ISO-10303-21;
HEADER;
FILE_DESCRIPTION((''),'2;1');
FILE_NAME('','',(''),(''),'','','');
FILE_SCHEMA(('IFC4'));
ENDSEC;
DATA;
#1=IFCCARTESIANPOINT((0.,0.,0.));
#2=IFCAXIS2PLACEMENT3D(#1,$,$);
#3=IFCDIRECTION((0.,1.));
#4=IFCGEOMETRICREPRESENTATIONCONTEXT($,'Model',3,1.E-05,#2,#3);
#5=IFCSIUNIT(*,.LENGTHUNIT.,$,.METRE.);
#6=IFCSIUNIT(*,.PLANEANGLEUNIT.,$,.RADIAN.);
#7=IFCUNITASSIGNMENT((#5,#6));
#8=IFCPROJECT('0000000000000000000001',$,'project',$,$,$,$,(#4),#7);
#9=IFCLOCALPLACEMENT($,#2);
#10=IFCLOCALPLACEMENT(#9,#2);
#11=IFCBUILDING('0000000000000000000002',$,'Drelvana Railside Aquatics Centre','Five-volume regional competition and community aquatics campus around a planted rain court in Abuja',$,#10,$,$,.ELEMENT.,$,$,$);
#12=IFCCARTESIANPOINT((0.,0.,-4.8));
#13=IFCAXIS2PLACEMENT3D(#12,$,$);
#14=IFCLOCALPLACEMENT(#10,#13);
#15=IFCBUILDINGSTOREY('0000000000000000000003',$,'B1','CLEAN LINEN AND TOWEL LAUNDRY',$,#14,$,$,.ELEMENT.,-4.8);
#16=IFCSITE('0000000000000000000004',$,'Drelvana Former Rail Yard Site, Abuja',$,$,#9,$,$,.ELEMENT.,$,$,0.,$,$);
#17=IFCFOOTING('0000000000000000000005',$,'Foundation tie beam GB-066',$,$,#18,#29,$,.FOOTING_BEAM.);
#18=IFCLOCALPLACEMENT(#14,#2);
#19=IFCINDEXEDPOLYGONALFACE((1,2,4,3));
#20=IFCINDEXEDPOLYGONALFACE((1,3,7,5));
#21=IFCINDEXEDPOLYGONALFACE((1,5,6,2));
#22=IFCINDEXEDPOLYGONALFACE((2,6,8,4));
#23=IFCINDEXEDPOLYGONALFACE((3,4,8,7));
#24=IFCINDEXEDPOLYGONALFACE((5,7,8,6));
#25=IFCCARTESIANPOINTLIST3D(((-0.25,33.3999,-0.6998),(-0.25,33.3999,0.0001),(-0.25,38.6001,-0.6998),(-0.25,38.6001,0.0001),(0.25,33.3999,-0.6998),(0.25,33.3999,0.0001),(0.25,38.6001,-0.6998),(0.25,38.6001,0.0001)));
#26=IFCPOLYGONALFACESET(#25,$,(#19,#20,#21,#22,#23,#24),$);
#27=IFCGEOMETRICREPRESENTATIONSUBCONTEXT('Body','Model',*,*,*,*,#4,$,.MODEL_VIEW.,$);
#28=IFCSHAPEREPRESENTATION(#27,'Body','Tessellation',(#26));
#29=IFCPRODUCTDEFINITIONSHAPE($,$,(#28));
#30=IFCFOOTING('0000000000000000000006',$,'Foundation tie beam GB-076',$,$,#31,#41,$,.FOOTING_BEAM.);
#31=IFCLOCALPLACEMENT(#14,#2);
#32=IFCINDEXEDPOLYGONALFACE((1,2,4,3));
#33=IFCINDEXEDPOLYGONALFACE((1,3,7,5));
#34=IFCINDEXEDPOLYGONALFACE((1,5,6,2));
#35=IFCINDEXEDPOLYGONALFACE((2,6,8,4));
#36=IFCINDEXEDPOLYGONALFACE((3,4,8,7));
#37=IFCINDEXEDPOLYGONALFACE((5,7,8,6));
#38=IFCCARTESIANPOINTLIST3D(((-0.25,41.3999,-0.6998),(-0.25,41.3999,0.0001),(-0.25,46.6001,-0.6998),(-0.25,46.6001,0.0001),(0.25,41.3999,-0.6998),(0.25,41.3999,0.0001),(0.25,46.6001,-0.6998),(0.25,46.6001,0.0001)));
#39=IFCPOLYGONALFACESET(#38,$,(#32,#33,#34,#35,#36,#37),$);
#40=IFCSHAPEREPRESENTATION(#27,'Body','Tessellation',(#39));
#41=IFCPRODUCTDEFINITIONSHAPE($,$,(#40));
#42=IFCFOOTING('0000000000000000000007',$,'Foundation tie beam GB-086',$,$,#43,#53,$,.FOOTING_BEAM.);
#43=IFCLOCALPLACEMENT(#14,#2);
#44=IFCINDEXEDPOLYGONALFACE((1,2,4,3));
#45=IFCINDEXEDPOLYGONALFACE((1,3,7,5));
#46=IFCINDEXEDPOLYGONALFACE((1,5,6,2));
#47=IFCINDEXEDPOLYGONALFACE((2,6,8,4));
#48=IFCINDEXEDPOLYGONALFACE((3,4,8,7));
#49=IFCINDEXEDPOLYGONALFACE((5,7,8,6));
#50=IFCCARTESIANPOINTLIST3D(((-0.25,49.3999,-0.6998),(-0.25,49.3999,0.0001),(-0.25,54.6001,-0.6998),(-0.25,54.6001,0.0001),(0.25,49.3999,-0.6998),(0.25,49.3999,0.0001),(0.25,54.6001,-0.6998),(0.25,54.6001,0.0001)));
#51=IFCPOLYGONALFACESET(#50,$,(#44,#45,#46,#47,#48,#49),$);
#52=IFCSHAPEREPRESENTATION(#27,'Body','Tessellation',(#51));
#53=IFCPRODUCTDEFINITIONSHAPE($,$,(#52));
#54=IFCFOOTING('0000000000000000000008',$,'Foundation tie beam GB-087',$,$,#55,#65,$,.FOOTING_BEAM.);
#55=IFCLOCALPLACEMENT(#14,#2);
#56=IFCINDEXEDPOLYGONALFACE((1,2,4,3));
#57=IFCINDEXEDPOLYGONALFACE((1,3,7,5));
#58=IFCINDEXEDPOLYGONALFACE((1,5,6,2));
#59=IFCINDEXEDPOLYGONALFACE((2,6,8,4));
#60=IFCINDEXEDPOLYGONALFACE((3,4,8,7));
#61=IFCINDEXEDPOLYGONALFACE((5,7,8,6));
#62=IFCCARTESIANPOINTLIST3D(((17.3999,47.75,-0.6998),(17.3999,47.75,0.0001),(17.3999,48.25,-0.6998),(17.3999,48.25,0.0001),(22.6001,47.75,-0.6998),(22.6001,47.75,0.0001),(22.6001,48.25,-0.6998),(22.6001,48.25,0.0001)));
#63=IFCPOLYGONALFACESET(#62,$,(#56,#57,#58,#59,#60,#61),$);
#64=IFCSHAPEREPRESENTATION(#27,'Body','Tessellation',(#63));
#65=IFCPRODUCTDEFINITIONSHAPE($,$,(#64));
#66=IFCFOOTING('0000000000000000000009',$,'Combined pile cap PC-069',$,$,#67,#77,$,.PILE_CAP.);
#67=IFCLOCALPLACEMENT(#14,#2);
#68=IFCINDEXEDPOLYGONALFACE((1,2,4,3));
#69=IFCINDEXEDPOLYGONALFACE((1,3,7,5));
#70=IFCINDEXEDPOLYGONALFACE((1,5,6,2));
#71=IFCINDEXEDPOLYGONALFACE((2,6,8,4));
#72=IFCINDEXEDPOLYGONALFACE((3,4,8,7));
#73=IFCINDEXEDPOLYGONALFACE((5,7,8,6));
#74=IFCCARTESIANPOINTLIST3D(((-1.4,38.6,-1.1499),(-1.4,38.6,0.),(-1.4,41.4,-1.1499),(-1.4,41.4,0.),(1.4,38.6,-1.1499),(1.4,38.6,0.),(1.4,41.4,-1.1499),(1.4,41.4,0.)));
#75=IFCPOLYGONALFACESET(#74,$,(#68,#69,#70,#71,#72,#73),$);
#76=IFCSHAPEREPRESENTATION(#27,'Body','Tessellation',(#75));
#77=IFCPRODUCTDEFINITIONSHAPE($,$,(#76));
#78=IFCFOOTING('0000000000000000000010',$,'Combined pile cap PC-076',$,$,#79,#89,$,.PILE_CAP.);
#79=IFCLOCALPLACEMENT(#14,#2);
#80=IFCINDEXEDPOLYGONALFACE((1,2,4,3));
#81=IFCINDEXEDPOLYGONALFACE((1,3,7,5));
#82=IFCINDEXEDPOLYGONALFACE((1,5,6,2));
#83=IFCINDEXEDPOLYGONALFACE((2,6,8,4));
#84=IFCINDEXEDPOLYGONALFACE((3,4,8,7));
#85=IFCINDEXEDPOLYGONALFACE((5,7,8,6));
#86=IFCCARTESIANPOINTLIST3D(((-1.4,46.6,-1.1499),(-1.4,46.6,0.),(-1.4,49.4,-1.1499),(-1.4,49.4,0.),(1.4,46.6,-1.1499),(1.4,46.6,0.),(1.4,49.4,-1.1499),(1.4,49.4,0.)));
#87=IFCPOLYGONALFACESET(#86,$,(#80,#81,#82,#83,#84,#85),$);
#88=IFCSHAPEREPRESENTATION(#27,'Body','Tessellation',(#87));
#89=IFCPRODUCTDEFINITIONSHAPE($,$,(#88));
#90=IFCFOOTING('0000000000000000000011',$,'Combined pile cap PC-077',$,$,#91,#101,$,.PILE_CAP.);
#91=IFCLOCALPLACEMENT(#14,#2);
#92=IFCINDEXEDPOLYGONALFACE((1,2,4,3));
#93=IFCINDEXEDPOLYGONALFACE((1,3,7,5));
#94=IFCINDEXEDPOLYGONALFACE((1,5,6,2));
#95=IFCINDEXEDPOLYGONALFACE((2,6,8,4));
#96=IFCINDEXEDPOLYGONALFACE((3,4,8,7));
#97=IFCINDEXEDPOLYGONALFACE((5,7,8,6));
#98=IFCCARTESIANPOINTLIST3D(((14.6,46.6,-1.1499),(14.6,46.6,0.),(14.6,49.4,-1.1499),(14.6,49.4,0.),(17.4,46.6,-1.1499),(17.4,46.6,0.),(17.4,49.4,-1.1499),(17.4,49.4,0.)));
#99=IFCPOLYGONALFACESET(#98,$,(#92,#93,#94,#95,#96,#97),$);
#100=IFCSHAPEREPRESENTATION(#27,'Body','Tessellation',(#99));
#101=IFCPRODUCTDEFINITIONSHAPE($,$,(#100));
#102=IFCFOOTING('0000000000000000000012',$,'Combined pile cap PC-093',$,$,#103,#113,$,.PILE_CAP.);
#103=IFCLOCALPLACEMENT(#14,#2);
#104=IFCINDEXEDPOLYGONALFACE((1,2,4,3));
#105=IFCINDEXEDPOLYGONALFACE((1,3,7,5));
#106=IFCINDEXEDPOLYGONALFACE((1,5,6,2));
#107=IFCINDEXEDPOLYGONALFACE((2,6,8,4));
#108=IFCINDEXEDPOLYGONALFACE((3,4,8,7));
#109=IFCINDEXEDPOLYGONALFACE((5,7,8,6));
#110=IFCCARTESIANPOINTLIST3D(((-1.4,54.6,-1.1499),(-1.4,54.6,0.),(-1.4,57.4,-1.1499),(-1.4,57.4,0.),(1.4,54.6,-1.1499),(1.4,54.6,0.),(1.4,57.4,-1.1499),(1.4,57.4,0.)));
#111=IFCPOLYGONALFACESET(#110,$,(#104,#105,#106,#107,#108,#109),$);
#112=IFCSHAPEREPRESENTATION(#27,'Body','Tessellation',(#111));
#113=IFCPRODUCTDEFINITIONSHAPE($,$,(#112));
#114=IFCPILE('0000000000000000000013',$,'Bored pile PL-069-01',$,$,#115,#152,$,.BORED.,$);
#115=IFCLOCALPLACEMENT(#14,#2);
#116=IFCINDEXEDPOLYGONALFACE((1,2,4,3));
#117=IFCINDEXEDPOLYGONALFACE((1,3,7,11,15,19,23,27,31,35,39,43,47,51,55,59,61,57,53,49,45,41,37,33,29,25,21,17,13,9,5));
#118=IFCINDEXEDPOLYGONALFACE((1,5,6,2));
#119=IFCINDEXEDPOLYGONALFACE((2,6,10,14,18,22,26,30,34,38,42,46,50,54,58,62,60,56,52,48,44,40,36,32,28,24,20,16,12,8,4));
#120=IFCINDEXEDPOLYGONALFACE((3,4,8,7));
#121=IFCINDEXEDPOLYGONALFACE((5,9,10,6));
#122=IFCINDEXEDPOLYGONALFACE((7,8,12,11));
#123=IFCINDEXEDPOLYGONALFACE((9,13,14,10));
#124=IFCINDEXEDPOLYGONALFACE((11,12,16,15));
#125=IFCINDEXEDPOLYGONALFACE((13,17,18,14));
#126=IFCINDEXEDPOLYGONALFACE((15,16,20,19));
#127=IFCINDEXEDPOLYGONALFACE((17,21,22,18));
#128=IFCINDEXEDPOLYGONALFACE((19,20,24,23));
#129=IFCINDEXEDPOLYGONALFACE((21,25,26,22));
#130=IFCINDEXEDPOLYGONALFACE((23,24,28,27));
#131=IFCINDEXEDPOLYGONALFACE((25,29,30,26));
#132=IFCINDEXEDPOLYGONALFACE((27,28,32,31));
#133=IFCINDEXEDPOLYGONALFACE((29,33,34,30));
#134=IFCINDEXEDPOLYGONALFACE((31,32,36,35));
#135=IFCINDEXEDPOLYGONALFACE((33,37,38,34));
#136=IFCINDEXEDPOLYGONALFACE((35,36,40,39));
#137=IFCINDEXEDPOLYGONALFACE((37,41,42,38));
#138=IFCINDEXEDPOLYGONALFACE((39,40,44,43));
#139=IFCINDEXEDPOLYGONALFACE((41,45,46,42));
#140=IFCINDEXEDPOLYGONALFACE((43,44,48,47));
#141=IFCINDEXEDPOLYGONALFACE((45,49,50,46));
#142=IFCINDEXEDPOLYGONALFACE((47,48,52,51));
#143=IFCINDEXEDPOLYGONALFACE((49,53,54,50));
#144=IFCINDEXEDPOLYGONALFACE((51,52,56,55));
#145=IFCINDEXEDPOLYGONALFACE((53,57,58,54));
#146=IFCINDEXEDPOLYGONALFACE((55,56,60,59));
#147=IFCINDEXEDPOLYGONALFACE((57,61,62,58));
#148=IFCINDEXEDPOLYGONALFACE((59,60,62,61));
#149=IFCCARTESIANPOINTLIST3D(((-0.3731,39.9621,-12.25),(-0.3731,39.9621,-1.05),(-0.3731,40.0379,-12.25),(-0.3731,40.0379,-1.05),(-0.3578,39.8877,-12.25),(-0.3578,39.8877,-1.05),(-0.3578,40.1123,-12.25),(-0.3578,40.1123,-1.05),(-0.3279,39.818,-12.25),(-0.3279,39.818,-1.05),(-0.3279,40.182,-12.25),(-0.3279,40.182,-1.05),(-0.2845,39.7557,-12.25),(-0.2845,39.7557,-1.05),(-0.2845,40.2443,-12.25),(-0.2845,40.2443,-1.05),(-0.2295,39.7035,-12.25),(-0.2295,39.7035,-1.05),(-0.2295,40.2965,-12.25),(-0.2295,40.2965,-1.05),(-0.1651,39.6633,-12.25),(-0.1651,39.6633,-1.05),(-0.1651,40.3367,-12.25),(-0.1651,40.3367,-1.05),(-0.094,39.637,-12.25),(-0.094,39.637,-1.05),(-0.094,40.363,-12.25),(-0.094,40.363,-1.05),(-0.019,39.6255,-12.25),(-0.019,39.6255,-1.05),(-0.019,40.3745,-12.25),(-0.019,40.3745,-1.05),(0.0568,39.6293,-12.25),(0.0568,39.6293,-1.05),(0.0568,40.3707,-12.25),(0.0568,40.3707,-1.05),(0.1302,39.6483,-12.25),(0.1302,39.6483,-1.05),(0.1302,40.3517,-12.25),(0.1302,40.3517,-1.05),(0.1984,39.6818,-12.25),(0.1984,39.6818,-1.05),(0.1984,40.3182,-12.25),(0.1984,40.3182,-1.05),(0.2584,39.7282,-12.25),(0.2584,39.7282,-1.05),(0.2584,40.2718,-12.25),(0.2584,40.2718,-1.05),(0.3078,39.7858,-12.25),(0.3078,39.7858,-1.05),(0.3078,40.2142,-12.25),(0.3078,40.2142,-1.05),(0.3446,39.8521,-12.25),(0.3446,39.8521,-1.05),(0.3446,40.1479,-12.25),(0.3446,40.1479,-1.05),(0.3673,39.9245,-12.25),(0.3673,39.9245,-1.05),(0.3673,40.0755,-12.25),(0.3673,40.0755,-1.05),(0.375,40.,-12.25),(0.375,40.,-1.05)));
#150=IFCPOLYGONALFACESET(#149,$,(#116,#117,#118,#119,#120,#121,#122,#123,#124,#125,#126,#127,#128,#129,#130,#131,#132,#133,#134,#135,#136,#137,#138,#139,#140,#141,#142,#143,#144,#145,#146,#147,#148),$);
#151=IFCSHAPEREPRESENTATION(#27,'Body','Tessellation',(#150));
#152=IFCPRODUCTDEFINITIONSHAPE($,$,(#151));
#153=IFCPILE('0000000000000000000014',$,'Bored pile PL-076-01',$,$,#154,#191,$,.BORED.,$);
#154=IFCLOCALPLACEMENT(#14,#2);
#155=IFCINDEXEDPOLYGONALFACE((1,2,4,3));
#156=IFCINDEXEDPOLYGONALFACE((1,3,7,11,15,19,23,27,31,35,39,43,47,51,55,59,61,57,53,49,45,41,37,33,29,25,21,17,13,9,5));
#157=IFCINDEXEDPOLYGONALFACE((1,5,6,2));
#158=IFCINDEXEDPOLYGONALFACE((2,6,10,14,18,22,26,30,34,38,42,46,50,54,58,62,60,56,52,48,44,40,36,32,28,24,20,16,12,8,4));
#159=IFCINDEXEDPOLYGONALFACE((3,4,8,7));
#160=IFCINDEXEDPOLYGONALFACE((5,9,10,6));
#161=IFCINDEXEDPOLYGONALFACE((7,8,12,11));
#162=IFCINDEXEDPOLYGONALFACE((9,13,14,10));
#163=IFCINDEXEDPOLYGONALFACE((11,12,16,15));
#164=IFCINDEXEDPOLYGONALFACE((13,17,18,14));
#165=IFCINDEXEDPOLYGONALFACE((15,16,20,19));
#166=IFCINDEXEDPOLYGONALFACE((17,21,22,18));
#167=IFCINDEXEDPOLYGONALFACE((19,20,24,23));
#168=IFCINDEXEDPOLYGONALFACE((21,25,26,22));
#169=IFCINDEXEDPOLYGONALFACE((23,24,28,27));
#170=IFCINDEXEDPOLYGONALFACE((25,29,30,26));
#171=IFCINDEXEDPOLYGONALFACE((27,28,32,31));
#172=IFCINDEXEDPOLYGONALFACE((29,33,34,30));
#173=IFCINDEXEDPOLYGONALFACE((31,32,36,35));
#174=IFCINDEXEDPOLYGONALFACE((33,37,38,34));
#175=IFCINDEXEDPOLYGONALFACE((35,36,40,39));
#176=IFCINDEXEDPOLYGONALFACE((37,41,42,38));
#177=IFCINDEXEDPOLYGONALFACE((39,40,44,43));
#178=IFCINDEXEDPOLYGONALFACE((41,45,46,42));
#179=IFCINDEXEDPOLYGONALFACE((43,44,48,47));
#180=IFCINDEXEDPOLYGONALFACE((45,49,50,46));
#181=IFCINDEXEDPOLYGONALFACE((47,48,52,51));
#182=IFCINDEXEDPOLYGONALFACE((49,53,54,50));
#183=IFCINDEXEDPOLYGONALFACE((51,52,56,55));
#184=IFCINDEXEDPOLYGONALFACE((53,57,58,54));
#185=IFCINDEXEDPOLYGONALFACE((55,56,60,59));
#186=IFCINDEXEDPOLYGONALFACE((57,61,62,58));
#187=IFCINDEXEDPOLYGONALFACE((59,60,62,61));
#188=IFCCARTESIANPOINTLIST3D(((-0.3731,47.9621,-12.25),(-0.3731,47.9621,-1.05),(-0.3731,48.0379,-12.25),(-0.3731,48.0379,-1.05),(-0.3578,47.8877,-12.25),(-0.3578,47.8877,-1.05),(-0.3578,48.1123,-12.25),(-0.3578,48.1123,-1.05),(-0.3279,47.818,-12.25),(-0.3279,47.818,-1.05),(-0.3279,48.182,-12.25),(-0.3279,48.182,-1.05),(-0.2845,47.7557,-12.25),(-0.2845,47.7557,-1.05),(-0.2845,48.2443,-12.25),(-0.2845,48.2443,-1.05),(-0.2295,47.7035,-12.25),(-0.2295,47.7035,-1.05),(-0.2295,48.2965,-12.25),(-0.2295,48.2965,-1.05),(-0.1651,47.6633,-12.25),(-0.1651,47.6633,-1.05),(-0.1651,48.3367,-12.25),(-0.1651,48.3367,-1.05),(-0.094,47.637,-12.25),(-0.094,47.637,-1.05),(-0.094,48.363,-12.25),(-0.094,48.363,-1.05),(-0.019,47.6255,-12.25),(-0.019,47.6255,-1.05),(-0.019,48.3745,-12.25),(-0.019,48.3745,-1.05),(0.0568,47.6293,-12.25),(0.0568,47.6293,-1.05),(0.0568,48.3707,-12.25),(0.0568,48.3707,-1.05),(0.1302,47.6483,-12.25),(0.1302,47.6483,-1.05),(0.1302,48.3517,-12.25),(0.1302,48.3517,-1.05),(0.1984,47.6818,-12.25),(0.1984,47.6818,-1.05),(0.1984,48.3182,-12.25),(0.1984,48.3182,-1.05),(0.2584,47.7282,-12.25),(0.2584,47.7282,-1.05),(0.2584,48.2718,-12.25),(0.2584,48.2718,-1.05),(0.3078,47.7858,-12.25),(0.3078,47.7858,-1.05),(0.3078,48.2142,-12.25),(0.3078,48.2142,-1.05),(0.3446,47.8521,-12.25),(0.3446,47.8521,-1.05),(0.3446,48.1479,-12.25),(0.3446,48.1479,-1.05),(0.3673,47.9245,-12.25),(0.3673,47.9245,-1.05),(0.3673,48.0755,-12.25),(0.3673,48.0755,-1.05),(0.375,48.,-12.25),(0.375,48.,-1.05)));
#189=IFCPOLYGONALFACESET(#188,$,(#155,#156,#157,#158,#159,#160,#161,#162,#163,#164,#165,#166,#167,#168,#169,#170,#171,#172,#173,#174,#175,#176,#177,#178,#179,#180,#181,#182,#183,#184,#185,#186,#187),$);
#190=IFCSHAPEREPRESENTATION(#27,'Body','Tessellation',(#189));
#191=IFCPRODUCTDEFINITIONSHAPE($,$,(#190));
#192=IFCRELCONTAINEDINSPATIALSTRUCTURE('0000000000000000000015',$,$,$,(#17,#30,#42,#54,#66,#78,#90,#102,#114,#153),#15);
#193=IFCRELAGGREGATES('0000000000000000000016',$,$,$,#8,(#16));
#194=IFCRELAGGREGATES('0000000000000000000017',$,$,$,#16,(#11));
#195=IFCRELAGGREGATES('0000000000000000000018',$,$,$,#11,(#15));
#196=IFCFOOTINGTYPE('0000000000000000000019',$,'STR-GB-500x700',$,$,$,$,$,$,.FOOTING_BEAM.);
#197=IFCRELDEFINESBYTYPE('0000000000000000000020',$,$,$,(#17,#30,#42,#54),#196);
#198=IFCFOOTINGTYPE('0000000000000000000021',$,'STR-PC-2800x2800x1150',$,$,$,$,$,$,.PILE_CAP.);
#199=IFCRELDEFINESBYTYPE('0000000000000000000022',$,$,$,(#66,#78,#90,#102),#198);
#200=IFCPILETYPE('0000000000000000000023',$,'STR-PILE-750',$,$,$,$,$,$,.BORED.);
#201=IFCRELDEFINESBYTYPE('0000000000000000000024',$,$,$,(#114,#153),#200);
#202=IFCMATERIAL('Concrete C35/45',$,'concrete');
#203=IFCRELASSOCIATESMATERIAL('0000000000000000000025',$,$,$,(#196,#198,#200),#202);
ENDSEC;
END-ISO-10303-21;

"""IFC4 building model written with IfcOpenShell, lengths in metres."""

from ifc_helpers import new_model, si_unit, direction, frame, origin, origin_2d, place, context, subcontext, project, spatial, rectangle, circle, extrude, material, material_profile, profile_set, type_object, element, save


model = new_model("IFC4")

# Units and contexts
model_context = context("Model", 3, precision=1e-05, world=origin(), true_north=direction((0.0, 1.0)))
body_context = subcontext(model_context, "Body", "Model", "MODEL_VIEW")
ifc_project = project(units=[si_unit("LENGTHUNIT", "METRE"), si_unit("PLANEANGLEUNIT", "RADIAN")], contexts=[model_context])

# Site, building, storey
site_placement = place(None, origin())
site = spatial("IfcSite", under=ifc_project, at=site_placement, Name="Drelvana Former Rail Yard Site, Abuja", CompositionType="ELEMENT", RefElevation=0.0)
building_placement = place(site_placement, origin())
building = spatial("IfcBuilding", under=site, at=building_placement, Name="Drelvana Railside Aquatics Centre", Description="Five-volume regional competition and community aquatics campus around a planted rain court in Abuja", CompositionType="ELEMENT")
storey_placement = place(building_placement, frame((0.0, 0.0, -4.8)))
storey = spatial("IfcBuildingStorey", under=building, at=storey_placement, Name="B1", Description="CLEAN LINEN AND TOWEL LAUNDRY", CompositionType="ELEMENT", Elevation=-4.8)

# Footings
ifc_material_1 = material(Name="Concrete C35/45", Category="concrete")
ifc_material_profile_1 = material_profile(ifc_material_1, rectangle(XDim=0.5, YDim=0.7, at=origin_2d()), Name="GB 500x700")
ifc_profile_set_1 = profile_set([ifc_material_profile_1], Name="Concrete C35/45")
footing_type_1 = type_object("IfcFootingType", Name="STR-GB-500x700", PredefinedType="FOOTING_BEAM", material=ifc_profile_set_1)
for number, where, z_axis, x_axis, name in (
    (1, (0.0, 33.3999, -0.3499), (0.0, 1.0, 0.0), (-1.0, 0.0, 0.0), "Foundation tie beam GB-066"),
    (2, (0.0, 41.3999, -0.3499), (0.0, 1.0, 0.0), (-1.0, 0.0, 0.0), "Foundation tie beam GB-076"),
    (3, (0.0, 49.3999, -0.3499), (0.0, 1.0, 0.0), (-1.0, 0.0, 0.0), "Foundation tie beam GB-086"),
    (4, (17.3999, 48.0, -0.3499), (1.0, 0.0, 0.0), (0.0, 1.0, 0.0), "Foundation tie beam GB-087"),
):
    element("IfcFooting", number, at=place(storey_placement, frame(where, z_axis=z_axis, x_axis=x_axis)), inside=storey, type_object=footing_type_1, Name=name, PredefinedType="FOOTING_BEAM", context=body_context, shape_type="SweptSolid", body=[
        extrude(rectangle(XDim=0.5, YDim=0.7, at=origin_2d()), origin(), (0.0, 0.0, 1.0), 5.2002),
    ])
footing_type_2 = type_object("IfcFootingType", Name="STR-PC-2800x2800x1150", PredefinedType="PILE_CAP", material=ifc_material_1)
for number, where, z_axis, x_axis, name in (
    (5, (0.0, 40.0, -1.1499), (0.0, 0.0, 1.0), (1.0, 0.0, 0.0), "Combined pile cap PC-069"),
    (6, (0.0, 48.0, -1.1499), (0.0, 0.0, 1.0), (1.0, 0.0, 0.0), "Combined pile cap PC-076"),
    (7, (16.0, 48.0, -1.1499), (0.0, 0.0, 1.0), (1.0, 0.0, 0.0), "Combined pile cap PC-077"),
    (8, (0.0, 56.0, -1.1499), (0.0, 0.0, 1.0), (1.0, 0.0, 0.0), "Combined pile cap PC-093"),
):
    element("IfcFooting", number, at=place(storey_placement, frame(where, z_axis=z_axis, x_axis=x_axis)), inside=storey, type_object=footing_type_2, Name=name, PredefinedType="PILE_CAP", context=body_context, shape_type="SweptSolid", body=[
        extrude(rectangle(XDim=2.8, YDim=2.8, at=origin_2d()), origin(), (0.0, 0.0, 1.0), 1.1499),
    ])

# Piles
ifc_material_profile_2 = material_profile(ifc_material_1, circle(Radius=0.375, at=origin_2d()), Name="PILE D750")
ifc_profile_set_2 = profile_set([ifc_material_profile_2], Name="Concrete C35/45")
pile_type = type_object("IfcPileType", Name="STR-PILE-750", PredefinedType="BORED", material=ifc_profile_set_2)
for number, where, z_axis, x_axis, name in (
    (9, (0.0, 40.0, -1.05), (0.0, 0.0, -1.0), (1.0, 0.0, 0.0), "Bored pile PL-069-01"),
    (10, (0.0, 48.0, -1.05), (0.0, 0.0, -1.0), (1.0, 0.0, 0.0), "Bored pile PL-076-01"),
):
    element("IfcPile", number, at=place(storey_placement, frame(where, z_axis=z_axis, x_axis=x_axis)), inside=storey, type_object=pile_type, Name=name, PredefinedType="BORED", context=body_context, shape_type="SweptSolid", body=[
        extrude(circle(Radius=0.375, at=origin_2d()), origin(), (0.0, 0.0, 1.0), 11.2),
    ])

save(model, "model.ifc")
